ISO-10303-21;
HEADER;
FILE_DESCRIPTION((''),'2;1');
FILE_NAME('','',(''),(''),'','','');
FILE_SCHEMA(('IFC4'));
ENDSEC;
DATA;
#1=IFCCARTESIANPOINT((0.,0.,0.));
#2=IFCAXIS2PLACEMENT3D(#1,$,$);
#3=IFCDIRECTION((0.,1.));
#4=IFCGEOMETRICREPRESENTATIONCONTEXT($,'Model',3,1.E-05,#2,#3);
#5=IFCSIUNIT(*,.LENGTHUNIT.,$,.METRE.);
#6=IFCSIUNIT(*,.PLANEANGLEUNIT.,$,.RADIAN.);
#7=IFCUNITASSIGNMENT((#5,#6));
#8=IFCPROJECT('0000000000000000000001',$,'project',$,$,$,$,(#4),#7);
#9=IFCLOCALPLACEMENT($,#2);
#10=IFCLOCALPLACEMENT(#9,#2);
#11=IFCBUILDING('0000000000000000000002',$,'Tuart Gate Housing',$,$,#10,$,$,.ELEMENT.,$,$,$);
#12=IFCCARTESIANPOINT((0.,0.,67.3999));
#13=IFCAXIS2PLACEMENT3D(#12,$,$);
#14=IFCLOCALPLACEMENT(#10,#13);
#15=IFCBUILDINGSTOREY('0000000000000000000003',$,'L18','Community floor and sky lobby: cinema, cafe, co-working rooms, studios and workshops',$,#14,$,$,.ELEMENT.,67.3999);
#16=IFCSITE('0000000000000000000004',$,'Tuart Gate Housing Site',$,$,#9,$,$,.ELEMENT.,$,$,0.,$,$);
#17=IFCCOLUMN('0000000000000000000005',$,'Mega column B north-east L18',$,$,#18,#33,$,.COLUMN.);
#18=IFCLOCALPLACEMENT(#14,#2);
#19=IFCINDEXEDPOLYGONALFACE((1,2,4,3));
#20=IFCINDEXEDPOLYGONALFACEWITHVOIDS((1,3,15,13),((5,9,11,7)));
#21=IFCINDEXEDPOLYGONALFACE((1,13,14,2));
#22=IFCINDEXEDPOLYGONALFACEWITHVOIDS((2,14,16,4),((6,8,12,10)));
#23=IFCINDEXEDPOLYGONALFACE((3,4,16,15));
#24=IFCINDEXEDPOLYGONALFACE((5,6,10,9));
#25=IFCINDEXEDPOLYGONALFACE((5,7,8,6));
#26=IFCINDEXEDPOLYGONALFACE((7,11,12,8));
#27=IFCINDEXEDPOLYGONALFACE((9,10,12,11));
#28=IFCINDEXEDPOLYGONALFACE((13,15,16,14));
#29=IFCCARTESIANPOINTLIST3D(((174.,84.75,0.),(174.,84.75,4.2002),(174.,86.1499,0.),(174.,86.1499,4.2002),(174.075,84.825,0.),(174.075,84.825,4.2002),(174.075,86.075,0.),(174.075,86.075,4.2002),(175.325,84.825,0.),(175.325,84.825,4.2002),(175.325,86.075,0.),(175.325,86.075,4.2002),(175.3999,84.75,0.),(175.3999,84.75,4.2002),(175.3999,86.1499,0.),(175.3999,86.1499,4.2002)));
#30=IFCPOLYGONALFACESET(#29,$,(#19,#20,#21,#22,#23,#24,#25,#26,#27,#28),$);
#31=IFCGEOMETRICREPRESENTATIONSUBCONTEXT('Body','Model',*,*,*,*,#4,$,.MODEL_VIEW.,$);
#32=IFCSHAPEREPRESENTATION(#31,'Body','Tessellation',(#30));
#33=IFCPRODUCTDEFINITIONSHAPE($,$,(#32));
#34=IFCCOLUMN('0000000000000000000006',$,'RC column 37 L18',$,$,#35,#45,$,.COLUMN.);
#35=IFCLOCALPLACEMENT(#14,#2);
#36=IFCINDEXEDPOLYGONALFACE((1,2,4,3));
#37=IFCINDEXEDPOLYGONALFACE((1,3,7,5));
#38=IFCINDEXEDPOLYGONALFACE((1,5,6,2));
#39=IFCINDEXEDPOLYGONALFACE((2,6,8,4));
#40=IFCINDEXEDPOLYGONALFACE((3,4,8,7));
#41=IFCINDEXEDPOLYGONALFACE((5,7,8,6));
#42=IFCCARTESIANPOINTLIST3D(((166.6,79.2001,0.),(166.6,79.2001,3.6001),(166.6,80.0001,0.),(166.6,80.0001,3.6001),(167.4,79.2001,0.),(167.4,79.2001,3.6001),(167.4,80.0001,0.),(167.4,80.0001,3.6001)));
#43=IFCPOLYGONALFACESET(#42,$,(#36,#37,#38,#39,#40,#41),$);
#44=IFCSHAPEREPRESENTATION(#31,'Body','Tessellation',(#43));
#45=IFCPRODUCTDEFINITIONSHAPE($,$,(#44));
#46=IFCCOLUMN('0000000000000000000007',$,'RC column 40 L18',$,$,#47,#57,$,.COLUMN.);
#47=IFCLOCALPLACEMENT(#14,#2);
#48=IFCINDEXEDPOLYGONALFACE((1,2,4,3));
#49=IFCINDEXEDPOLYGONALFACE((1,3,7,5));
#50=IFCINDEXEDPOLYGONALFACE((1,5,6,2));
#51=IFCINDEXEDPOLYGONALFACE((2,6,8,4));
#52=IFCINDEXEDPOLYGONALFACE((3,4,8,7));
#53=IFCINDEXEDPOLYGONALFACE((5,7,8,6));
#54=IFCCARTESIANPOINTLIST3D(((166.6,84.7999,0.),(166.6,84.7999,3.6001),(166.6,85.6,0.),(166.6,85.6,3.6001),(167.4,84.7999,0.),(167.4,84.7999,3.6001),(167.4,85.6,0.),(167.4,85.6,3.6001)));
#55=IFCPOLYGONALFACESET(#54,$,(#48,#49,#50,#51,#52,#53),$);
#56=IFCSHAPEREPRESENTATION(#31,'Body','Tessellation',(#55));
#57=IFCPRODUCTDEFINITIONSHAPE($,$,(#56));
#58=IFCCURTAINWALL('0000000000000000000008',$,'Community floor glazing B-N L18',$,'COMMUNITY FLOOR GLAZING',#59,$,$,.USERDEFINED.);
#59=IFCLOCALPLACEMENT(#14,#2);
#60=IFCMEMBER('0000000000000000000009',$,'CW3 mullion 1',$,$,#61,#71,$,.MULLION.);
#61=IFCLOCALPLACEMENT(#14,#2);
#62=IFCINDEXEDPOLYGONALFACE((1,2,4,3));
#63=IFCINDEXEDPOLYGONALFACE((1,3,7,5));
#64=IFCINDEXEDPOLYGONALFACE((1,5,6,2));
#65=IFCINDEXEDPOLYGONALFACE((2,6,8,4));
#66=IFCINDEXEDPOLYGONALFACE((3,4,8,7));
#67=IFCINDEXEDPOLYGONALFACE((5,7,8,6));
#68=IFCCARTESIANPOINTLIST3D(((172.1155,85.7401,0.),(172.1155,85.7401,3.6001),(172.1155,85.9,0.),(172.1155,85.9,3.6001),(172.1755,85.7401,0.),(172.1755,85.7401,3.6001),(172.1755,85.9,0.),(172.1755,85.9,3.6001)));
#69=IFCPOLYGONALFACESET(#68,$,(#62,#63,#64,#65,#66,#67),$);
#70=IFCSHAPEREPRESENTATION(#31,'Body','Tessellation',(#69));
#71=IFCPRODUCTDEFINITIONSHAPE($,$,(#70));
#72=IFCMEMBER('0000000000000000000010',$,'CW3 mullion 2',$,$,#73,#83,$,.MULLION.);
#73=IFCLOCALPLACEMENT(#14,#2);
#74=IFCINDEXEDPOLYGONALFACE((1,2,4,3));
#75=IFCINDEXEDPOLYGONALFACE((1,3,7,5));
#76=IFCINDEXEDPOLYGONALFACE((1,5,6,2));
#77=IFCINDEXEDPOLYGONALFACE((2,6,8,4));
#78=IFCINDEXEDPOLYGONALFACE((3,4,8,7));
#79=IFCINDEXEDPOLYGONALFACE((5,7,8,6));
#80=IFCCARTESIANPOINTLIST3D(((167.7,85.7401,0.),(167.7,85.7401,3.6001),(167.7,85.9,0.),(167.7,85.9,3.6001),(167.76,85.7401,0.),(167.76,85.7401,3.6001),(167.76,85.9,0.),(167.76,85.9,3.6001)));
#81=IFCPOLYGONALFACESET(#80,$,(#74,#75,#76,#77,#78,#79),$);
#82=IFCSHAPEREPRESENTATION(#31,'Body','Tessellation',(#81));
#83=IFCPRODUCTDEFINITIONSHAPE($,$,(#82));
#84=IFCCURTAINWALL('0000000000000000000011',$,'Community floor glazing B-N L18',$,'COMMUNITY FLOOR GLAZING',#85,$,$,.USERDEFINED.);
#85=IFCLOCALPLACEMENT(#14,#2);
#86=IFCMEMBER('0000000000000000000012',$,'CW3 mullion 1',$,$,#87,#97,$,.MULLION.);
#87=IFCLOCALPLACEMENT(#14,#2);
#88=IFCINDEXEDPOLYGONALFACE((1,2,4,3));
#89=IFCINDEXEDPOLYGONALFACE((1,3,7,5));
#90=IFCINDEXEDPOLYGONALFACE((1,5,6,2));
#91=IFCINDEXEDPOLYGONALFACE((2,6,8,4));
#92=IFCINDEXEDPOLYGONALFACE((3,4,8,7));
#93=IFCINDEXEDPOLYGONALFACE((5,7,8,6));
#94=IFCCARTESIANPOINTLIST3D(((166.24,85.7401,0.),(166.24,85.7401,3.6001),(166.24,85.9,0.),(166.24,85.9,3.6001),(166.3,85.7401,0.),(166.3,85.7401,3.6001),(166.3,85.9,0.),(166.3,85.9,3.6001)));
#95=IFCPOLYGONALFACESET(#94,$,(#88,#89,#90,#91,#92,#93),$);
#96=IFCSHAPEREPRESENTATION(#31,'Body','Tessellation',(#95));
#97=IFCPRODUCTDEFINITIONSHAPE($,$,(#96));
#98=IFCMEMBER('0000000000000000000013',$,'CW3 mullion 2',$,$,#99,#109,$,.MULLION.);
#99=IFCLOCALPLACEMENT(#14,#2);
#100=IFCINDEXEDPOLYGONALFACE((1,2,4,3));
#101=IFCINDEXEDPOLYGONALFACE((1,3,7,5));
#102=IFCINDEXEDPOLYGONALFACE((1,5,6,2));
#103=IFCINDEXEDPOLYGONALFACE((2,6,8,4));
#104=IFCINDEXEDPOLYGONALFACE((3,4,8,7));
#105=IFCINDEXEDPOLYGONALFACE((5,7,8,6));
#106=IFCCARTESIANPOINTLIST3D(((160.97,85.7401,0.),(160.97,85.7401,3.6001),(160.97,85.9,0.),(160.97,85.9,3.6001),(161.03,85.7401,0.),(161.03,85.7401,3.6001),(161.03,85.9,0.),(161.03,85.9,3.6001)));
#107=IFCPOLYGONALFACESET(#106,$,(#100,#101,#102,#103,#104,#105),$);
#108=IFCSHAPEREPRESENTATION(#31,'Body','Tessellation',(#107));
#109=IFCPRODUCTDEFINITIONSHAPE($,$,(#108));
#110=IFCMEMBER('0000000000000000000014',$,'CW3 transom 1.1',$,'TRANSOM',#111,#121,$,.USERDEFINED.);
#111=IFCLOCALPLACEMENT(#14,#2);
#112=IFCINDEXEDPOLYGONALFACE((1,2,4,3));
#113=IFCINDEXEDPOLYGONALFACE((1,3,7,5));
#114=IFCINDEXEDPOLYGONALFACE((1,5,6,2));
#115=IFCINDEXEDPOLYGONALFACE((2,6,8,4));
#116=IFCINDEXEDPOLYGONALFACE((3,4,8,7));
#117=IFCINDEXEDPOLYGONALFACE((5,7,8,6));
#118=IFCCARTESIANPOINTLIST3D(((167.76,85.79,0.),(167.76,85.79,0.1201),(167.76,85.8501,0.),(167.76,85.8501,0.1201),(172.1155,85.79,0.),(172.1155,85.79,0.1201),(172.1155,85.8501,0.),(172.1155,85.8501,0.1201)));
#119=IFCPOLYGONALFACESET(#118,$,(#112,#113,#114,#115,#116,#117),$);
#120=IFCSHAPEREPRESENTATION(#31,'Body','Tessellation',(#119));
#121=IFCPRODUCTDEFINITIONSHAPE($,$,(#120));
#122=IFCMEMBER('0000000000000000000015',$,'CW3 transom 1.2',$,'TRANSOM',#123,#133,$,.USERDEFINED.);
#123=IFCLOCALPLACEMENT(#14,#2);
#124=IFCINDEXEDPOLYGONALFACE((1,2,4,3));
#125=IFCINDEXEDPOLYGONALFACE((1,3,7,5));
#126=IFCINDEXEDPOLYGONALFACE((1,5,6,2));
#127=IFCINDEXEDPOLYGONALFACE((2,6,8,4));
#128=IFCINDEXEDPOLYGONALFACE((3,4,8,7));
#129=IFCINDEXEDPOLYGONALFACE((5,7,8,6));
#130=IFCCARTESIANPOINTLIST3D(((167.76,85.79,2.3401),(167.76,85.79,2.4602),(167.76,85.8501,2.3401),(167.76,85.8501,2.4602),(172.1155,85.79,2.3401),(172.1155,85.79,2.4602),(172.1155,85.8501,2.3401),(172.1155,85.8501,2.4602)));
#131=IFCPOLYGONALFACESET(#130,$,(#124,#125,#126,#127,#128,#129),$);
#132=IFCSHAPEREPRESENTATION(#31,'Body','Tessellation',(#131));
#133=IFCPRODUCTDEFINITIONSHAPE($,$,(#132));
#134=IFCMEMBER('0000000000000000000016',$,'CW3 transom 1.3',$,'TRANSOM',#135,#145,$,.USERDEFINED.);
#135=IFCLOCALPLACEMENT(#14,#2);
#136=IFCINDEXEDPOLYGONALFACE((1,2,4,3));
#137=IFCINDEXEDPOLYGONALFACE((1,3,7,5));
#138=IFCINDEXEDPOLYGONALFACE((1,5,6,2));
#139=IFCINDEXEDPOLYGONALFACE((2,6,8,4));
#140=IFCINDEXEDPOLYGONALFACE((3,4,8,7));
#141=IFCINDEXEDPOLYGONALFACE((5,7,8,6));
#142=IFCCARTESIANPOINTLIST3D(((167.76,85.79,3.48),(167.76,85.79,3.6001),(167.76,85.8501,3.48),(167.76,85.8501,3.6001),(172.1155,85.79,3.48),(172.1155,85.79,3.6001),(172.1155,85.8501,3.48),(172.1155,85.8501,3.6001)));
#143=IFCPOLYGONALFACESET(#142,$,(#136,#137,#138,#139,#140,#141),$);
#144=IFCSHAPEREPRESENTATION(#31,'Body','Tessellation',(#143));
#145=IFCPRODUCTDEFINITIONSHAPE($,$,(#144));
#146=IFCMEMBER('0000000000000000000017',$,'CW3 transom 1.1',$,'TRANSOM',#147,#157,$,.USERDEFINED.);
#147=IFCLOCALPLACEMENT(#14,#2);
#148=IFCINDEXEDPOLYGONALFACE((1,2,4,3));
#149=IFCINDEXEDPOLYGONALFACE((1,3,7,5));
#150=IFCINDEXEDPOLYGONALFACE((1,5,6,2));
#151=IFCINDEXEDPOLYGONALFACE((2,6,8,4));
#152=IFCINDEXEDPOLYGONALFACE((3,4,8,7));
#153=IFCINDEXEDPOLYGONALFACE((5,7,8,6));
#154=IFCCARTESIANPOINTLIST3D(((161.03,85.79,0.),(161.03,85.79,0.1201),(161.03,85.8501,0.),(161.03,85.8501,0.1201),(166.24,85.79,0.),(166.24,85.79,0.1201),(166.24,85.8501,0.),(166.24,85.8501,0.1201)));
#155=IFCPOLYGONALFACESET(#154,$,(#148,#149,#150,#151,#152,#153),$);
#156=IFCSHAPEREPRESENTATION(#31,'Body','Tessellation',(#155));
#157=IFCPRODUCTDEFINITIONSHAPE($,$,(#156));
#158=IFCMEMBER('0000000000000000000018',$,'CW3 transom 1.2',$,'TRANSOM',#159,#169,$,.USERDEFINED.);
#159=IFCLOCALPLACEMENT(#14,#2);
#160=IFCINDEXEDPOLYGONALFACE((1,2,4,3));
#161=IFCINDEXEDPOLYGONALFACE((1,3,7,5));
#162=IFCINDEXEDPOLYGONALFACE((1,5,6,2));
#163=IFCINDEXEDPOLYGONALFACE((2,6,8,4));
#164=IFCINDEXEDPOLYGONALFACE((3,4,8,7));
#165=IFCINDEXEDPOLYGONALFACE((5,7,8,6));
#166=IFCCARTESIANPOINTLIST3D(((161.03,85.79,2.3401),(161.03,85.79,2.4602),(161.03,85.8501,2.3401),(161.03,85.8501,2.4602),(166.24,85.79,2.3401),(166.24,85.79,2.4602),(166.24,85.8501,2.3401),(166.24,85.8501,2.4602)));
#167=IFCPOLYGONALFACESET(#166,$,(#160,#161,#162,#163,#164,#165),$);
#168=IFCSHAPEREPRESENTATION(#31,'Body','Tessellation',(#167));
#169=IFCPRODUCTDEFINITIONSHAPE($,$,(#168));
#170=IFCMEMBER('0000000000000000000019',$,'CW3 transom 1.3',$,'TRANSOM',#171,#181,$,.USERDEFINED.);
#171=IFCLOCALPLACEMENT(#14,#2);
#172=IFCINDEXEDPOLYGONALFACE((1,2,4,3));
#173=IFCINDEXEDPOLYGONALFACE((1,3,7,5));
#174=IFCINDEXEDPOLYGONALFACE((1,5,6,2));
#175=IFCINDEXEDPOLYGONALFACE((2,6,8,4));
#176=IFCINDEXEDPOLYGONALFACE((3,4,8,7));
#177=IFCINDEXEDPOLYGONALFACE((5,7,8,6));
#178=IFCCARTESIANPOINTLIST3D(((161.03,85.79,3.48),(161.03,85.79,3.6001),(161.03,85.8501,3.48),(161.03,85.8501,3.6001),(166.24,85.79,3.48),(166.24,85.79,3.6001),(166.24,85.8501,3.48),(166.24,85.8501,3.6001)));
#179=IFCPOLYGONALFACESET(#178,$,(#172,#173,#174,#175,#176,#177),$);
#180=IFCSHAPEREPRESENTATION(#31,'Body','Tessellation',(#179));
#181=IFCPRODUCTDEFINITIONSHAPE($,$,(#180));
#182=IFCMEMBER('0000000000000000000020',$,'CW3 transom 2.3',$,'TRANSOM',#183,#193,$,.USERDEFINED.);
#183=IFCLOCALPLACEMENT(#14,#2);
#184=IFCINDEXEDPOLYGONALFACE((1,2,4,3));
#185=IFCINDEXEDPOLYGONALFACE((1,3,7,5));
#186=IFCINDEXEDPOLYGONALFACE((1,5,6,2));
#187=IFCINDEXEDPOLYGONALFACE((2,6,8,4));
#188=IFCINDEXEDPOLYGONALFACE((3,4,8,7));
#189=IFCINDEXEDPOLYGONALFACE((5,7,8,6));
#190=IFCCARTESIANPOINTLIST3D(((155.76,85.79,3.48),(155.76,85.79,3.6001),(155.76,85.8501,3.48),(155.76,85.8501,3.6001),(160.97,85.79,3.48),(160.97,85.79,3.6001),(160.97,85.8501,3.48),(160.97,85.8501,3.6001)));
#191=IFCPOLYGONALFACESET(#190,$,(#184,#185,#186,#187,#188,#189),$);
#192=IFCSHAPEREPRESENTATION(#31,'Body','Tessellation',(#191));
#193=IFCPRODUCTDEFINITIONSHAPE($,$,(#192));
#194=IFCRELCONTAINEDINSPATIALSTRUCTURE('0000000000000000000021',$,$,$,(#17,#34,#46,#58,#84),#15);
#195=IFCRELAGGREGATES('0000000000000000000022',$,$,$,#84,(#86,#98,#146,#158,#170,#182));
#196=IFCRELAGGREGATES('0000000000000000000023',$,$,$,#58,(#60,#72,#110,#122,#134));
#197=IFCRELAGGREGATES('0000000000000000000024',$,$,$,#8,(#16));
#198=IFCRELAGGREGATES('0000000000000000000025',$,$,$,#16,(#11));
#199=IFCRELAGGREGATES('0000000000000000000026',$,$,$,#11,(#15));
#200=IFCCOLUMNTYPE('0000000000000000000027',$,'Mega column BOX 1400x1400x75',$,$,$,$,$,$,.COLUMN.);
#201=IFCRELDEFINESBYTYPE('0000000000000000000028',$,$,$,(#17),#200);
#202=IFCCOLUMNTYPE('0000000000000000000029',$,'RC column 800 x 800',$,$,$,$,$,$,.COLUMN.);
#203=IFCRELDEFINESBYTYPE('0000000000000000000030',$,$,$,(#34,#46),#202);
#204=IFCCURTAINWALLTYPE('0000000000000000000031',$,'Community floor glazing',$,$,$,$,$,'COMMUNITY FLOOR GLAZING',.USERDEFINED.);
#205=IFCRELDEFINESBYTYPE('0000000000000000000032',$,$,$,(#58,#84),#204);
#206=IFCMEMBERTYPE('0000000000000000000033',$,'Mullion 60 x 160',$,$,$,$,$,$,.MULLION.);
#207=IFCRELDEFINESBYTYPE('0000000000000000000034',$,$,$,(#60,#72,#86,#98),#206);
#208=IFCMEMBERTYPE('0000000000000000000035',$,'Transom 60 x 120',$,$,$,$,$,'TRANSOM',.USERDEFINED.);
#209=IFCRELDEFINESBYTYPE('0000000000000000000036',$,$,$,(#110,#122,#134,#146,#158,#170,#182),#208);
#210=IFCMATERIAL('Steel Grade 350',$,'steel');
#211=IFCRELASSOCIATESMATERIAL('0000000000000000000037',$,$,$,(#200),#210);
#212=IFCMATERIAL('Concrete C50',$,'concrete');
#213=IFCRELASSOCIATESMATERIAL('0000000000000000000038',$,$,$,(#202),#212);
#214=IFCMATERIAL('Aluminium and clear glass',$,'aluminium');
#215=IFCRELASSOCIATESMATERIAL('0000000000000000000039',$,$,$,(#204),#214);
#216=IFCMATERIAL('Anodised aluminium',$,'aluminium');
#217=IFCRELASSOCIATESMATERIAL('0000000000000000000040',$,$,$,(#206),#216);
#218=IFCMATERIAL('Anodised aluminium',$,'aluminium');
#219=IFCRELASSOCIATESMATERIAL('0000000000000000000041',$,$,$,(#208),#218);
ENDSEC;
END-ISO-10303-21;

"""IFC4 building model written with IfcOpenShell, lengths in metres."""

from ifc_helpers import new_model, si_unit, direction, frame, origin, origin_2d, place, context, subcontext, project, spatial, rectangle, hollow_rectangle, extrude, material, material_profile, profile_set, type_object, element, aggregate, save


model = new_model("IFC4")

# Units and contexts
model_context = context("Model", 3, precision=1e-05, world=origin(), true_north=direction((0.0, 1.0)))
body_context = subcontext(model_context, "Body", "Model", "MODEL_VIEW")
ifc_project = project(units=[si_unit("LENGTHUNIT", "METRE"), si_unit("PLANEANGLEUNIT", "RADIAN")], contexts=[model_context])

# Site, building, storey
site_placement = place(None, origin())
site = spatial("IfcSite", under=ifc_project, at=site_placement, Name="Tuart Gate Housing Site", CompositionType="ELEMENT", RefElevation=0.0)
building_placement = place(site_placement, origin())
building = spatial("IfcBuilding", under=site, at=building_placement, Name="Tuart Gate Housing", CompositionType="ELEMENT")
storey_placement = place(building_placement, frame((0.0, 0.0, 67.3999)))
storey = spatial("IfcBuildingStorey", under=building, at=storey_placement, Name="L18", Description="Community floor and sky lobby: cinema, cafe, co-working rooms, studios and workshops", CompositionType="ELEMENT", Elevation=67.3999)

# Columns
ifc_material_1 = material(Name="Steel Grade 350", Category="steel")
ifc_material_profile_1 = material_profile(ifc_material_1, hollow_rectangle(XDim=1.3999, YDim=1.3999, WallThickness=0.075, at=origin_2d()), Name="BOX 1400x1400x75")
ifc_profile_set_1 = profile_set([ifc_material_profile_1], Name="Steel Grade 350")
column_type_1 = type_object("IfcColumnType", Name="Mega column BOX 1400x1400x75", PredefinedType="COLUMN", material=ifc_profile_set_1)
column_placement = place(storey_placement, frame((174.7, 85.45, 0.0), z_axis=(0.0, 0.0, 1.0), x_axis=(1.0, 0.0, 0.0)))
element("IfcColumn", 1, at=column_placement, inside=storey, type_object=column_type_1, Name="Mega column B north-east L18", PredefinedType="COLUMN", context=body_context, shape_type="SweptSolid", body=[
    extrude(hollow_rectangle(XDim=1.3999, YDim=1.3999, WallThickness=0.075, at=origin_2d()), origin(), (0.0, 0.0, 1.0), 4.2002),
])
ifc_material_2 = material(Name="Concrete C50", Category="concrete")
ifc_material_profile_2 = material_profile(ifc_material_2, rectangle(XDim=0.8, YDim=0.8, at=origin_2d()), Name="RC column 800 x 800")
ifc_profile_set_2 = profile_set([ifc_material_profile_2], Name="Concrete C50")
column_type_2 = type_object("IfcColumnType", Name="RC column 800 x 800", PredefinedType="COLUMN", material=ifc_profile_set_2)
for number, where, z_axis, x_axis, name in (
    (2, (167.0, 79.6001, 0.0), (0.0, 0.0, 1.0), (1.0, 0.0, 0.0), "RC column 37 L18"),
    (3, (167.0, 85.2, 0.0), (0.0, 0.0, 1.0), (1.0, 0.0, 0.0), "RC column 40 L18"),
):
    element("IfcColumn", number, at=place(storey_placement, frame(where, z_axis=z_axis, x_axis=x_axis)), inside=storey, type_object=column_type_2, Name=name, PredefinedType="COLUMN", context=body_context, shape_type="SweptSolid", body=[
        extrude(rectangle(XDim=0.8, YDim=0.8, at=origin_2d()), origin(), (0.0, 0.0, 1.0), 3.6001),
    ])

# Curtain walls, members
ifc_material_3 = material(Name="Aluminium and clear glass", Category="aluminium")
curtain_wall_type = type_object("IfcCurtainWallType", Name="Community floor glazing", ElementType="COMMUNITY FLOOR GLAZING", PredefinedType="USERDEFINED", material=ifc_material_3)
curtain_wall_1_placement = place(storey_placement, origin())
curtain_wall_1 = element("IfcCurtainWall", 4, at=curtain_wall_1_placement, inside=storey, type_object=curtain_wall_type, Name="Community floor glazing B-N L18", ObjectType="COMMUNITY FLOOR GLAZING", PredefinedType="USERDEFINED")
ifc_material_4 = material(Name="Anodised aluminium", Category="aluminium")
ifc_material_profile_3 = material_profile(ifc_material_4, rectangle(XDim=0.0601, YDim=0.1599, at=origin_2d()), Name="60x160")
ifc_profile_set_3 = profile_set([ifc_material_profile_3], Name="Anodised aluminium")
member_type_1 = type_object("IfcMemberType", Name="Mullion 60 x 160", PredefinedType="MULLION", material=ifc_profile_set_3)
member_1_placement = place(storey_placement, frame((172.1455, 85.8201, 0.0), z_axis=(0.0, 0.0, 1.0), x_axis=(-1.0, 0.0, 0.0)))
member_1 = element("IfcMember", 5, at=member_1_placement, type_object=member_type_1, Name="CW3 mullion 1", PredefinedType="MULLION", context=body_context, shape_type="SweptSolid", body=[
    extrude(rectangle(XDim=0.0601, YDim=0.1599, at=origin_2d()), origin(), (0.0, 0.0, 1.0), 3.6001),
])
member_2_placement = place(storey_placement, frame((167.73, 85.8201, 0.0), z_axis=(0.0, 0.0, 1.0), x_axis=(-1.0, 0.0, 0.0)))
member_2 = element("IfcMember", 6, at=member_2_placement, type_object=member_type_1, Name="CW3 mullion 2", PredefinedType="MULLION", context=body_context, shape_type="SweptSolid", body=[
    extrude(rectangle(XDim=0.0601, YDim=0.1599, at=origin_2d()), origin(), (0.0, 0.0, 1.0), 3.6001),
])
curtain_wall_2_placement = place(storey_placement, origin())
curtain_wall_2 = element("IfcCurtainWall", 7, at=curtain_wall_2_placement, inside=storey, type_object=curtain_wall_type, Name="Community floor glazing B-N L18", ObjectType="COMMUNITY FLOOR GLAZING", PredefinedType="USERDEFINED")
member_3_placement = place(storey_placement, frame((166.27, 85.8201, 0.0), z_axis=(0.0, 0.0, 1.0), x_axis=(-1.0, 0.0, 0.0)))
member_3 = element("IfcMember", 8, at=member_3_placement, type_object=member_type_1, Name="CW3 mullion 1", PredefinedType="MULLION", context=body_context, shape_type="SweptSolid", body=[
    extrude(rectangle(XDim=0.0601, YDim=0.1599, at=origin_2d()), origin(), (0.0, 0.0, 1.0), 3.6001),
])
member_4_placement = place(storey_placement, frame((161.0, 85.8201, 0.0), z_axis=(0.0, 0.0, 1.0), x_axis=(-1.0, 0.0, 0.0)))
member_4 = element("IfcMember", 9, at=member_4_placement, type_object=member_type_1, Name="CW3 mullion 2", PredefinedType="MULLION", context=body_context, shape_type="SweptSolid", body=[
    extrude(rectangle(XDim=0.0601, YDim=0.1599, at=origin_2d()), origin(), (0.0, 0.0, 1.0), 3.6001),
])

# Members
ifc_material_5 = material(Name="Anodised aluminium", Category="aluminium")
ifc_material_profile_4 = material_profile(ifc_material_5, rectangle(XDim=0.0601, YDim=0.1201, at=origin_2d()), Name="60x120")
ifc_profile_set_4 = profile_set([ifc_material_profile_4], Name="Anodised aluminium")
member_type_2 = type_object("IfcMemberType", Name="Transom 60 x 120", ElementType="TRANSOM", PredefinedType="USERDEFINED", material=ifc_profile_set_4)
member_5_placement = place(storey_placement, frame((172.1155, 85.8201, 0.0601), z_axis=(-1.0, 0.0, 0.0), x_axis=(0.0, -1.0, 0.0)))
member_5 = element("IfcMember", 10, at=member_5_placement, type_object=member_type_2, Name="CW3 transom 1.1", ObjectType="TRANSOM", PredefinedType="USERDEFINED", context=body_context, shape_type="SweptSolid", body=[
    extrude(rectangle(XDim=0.0601, YDim=0.1201, at=origin_2d()), origin(), (0.0, 0.0, 1.0), 4.3555),
])
member_6_placement = place(storey_placement, frame((172.1155, 85.8201, 2.4001), z_axis=(-1.0, 0.0, 0.0), x_axis=(0.0, -1.0, 0.0)))
member_6 = element("IfcMember", 11, at=member_6_placement, type_object=member_type_2, Name="CW3 transom 1.2", ObjectType="TRANSOM", PredefinedType="USERDEFINED", context=body_context, shape_type="SweptSolid", body=[
    extrude(rectangle(XDim=0.0601, YDim=0.1201, at=origin_2d()), origin(), (0.0, 0.0, 1.0), 4.3555),
])
member_7_placement = place(storey_placement, frame((172.1155, 85.8201, 3.54), z_axis=(-1.0, 0.0, 0.0), x_axis=(0.0, -1.0, 0.0)))
member_7 = element("IfcMember", 12, at=member_7_placement, type_object=member_type_2, Name="CW3 transom 1.3", ObjectType="TRANSOM", PredefinedType="USERDEFINED", context=body_context, shape_type="SweptSolid", body=[
    extrude(rectangle(XDim=0.0601, YDim=0.1201, at=origin_2d()), origin(), (0.0, 0.0, 1.0), 4.3555),
])
member_8_placement = place(storey_placement, frame((166.24, 85.8201, 0.0601), z_axis=(-1.0, 0.0, 0.0), x_axis=(0.0, -1.0, 0.0)))
member_8 = element("IfcMember", 13, at=member_8_placement, type_object=member_type_2, Name="CW3 transom 1.1", ObjectType="TRANSOM", PredefinedType="USERDEFINED", context=body_context, shape_type="SweptSolid", body=[
    extrude(rectangle(XDim=0.0601, YDim=0.1201, at=origin_2d()), origin(), (0.0, 0.0, 1.0), 5.21),
])
member_9_placement = place(storey_placement, frame((166.24, 85.8201, 2.4001), z_axis=(-1.0, 0.0, 0.0), x_axis=(0.0, -1.0, 0.0)))
member_9 = element("IfcMember", 14, at=member_9_placement, type_object=member_type_2, Name="CW3 transom 1.2", ObjectType="TRANSOM", PredefinedType="USERDEFINED", context=body_context, shape_type="SweptSolid", body=[
    extrude(rectangle(XDim=0.0601, YDim=0.1201, at=origin_2d()), origin(), (0.0, 0.0, 1.0), 5.21),
])
member_10_placement = place(storey_placement, frame((166.24, 85.8201, 3.54), z_axis=(-1.0, 0.0, 0.0), x_axis=(0.0, -1.0, 0.0)))
member_10 = element("IfcMember", 15, at=member_10_placement, type_object=member_type_2, Name="CW3 transom 1.3", ObjectType="TRANSOM", PredefinedType="USERDEFINED", context=body_context, shape_type="SweptSolid", body=[
    extrude(rectangle(XDim=0.0601, YDim=0.1201, at=origin_2d()), origin(), (0.0, 0.0, 1.0), 5.21),
])
member_11_placement = place(storey_placement, frame((160.97, 85.8201, 3.54), z_axis=(-1.0, 0.0, 0.0), x_axis=(0.0, -1.0, 0.0)))
member_11 = element("IfcMember", 16, at=member_11_placement, type_object=member_type_2, Name="CW3 transom 2.3", ObjectType="TRANSOM", PredefinedType="USERDEFINED", context=body_context, shape_type="SweptSolid", body=[
    extrude(rectangle(XDim=0.0601, YDim=0.1201, at=origin_2d()), origin(), (0.0, 0.0, 1.0), 5.21),
])

aggregate(curtain_wall_2, [member_3, member_4, member_8, member_9, member_10, member_11])
aggregate(curtain_wall_1, [member_1, member_2, member_5, member_6, member_7])

save(model, "model.ifc")
